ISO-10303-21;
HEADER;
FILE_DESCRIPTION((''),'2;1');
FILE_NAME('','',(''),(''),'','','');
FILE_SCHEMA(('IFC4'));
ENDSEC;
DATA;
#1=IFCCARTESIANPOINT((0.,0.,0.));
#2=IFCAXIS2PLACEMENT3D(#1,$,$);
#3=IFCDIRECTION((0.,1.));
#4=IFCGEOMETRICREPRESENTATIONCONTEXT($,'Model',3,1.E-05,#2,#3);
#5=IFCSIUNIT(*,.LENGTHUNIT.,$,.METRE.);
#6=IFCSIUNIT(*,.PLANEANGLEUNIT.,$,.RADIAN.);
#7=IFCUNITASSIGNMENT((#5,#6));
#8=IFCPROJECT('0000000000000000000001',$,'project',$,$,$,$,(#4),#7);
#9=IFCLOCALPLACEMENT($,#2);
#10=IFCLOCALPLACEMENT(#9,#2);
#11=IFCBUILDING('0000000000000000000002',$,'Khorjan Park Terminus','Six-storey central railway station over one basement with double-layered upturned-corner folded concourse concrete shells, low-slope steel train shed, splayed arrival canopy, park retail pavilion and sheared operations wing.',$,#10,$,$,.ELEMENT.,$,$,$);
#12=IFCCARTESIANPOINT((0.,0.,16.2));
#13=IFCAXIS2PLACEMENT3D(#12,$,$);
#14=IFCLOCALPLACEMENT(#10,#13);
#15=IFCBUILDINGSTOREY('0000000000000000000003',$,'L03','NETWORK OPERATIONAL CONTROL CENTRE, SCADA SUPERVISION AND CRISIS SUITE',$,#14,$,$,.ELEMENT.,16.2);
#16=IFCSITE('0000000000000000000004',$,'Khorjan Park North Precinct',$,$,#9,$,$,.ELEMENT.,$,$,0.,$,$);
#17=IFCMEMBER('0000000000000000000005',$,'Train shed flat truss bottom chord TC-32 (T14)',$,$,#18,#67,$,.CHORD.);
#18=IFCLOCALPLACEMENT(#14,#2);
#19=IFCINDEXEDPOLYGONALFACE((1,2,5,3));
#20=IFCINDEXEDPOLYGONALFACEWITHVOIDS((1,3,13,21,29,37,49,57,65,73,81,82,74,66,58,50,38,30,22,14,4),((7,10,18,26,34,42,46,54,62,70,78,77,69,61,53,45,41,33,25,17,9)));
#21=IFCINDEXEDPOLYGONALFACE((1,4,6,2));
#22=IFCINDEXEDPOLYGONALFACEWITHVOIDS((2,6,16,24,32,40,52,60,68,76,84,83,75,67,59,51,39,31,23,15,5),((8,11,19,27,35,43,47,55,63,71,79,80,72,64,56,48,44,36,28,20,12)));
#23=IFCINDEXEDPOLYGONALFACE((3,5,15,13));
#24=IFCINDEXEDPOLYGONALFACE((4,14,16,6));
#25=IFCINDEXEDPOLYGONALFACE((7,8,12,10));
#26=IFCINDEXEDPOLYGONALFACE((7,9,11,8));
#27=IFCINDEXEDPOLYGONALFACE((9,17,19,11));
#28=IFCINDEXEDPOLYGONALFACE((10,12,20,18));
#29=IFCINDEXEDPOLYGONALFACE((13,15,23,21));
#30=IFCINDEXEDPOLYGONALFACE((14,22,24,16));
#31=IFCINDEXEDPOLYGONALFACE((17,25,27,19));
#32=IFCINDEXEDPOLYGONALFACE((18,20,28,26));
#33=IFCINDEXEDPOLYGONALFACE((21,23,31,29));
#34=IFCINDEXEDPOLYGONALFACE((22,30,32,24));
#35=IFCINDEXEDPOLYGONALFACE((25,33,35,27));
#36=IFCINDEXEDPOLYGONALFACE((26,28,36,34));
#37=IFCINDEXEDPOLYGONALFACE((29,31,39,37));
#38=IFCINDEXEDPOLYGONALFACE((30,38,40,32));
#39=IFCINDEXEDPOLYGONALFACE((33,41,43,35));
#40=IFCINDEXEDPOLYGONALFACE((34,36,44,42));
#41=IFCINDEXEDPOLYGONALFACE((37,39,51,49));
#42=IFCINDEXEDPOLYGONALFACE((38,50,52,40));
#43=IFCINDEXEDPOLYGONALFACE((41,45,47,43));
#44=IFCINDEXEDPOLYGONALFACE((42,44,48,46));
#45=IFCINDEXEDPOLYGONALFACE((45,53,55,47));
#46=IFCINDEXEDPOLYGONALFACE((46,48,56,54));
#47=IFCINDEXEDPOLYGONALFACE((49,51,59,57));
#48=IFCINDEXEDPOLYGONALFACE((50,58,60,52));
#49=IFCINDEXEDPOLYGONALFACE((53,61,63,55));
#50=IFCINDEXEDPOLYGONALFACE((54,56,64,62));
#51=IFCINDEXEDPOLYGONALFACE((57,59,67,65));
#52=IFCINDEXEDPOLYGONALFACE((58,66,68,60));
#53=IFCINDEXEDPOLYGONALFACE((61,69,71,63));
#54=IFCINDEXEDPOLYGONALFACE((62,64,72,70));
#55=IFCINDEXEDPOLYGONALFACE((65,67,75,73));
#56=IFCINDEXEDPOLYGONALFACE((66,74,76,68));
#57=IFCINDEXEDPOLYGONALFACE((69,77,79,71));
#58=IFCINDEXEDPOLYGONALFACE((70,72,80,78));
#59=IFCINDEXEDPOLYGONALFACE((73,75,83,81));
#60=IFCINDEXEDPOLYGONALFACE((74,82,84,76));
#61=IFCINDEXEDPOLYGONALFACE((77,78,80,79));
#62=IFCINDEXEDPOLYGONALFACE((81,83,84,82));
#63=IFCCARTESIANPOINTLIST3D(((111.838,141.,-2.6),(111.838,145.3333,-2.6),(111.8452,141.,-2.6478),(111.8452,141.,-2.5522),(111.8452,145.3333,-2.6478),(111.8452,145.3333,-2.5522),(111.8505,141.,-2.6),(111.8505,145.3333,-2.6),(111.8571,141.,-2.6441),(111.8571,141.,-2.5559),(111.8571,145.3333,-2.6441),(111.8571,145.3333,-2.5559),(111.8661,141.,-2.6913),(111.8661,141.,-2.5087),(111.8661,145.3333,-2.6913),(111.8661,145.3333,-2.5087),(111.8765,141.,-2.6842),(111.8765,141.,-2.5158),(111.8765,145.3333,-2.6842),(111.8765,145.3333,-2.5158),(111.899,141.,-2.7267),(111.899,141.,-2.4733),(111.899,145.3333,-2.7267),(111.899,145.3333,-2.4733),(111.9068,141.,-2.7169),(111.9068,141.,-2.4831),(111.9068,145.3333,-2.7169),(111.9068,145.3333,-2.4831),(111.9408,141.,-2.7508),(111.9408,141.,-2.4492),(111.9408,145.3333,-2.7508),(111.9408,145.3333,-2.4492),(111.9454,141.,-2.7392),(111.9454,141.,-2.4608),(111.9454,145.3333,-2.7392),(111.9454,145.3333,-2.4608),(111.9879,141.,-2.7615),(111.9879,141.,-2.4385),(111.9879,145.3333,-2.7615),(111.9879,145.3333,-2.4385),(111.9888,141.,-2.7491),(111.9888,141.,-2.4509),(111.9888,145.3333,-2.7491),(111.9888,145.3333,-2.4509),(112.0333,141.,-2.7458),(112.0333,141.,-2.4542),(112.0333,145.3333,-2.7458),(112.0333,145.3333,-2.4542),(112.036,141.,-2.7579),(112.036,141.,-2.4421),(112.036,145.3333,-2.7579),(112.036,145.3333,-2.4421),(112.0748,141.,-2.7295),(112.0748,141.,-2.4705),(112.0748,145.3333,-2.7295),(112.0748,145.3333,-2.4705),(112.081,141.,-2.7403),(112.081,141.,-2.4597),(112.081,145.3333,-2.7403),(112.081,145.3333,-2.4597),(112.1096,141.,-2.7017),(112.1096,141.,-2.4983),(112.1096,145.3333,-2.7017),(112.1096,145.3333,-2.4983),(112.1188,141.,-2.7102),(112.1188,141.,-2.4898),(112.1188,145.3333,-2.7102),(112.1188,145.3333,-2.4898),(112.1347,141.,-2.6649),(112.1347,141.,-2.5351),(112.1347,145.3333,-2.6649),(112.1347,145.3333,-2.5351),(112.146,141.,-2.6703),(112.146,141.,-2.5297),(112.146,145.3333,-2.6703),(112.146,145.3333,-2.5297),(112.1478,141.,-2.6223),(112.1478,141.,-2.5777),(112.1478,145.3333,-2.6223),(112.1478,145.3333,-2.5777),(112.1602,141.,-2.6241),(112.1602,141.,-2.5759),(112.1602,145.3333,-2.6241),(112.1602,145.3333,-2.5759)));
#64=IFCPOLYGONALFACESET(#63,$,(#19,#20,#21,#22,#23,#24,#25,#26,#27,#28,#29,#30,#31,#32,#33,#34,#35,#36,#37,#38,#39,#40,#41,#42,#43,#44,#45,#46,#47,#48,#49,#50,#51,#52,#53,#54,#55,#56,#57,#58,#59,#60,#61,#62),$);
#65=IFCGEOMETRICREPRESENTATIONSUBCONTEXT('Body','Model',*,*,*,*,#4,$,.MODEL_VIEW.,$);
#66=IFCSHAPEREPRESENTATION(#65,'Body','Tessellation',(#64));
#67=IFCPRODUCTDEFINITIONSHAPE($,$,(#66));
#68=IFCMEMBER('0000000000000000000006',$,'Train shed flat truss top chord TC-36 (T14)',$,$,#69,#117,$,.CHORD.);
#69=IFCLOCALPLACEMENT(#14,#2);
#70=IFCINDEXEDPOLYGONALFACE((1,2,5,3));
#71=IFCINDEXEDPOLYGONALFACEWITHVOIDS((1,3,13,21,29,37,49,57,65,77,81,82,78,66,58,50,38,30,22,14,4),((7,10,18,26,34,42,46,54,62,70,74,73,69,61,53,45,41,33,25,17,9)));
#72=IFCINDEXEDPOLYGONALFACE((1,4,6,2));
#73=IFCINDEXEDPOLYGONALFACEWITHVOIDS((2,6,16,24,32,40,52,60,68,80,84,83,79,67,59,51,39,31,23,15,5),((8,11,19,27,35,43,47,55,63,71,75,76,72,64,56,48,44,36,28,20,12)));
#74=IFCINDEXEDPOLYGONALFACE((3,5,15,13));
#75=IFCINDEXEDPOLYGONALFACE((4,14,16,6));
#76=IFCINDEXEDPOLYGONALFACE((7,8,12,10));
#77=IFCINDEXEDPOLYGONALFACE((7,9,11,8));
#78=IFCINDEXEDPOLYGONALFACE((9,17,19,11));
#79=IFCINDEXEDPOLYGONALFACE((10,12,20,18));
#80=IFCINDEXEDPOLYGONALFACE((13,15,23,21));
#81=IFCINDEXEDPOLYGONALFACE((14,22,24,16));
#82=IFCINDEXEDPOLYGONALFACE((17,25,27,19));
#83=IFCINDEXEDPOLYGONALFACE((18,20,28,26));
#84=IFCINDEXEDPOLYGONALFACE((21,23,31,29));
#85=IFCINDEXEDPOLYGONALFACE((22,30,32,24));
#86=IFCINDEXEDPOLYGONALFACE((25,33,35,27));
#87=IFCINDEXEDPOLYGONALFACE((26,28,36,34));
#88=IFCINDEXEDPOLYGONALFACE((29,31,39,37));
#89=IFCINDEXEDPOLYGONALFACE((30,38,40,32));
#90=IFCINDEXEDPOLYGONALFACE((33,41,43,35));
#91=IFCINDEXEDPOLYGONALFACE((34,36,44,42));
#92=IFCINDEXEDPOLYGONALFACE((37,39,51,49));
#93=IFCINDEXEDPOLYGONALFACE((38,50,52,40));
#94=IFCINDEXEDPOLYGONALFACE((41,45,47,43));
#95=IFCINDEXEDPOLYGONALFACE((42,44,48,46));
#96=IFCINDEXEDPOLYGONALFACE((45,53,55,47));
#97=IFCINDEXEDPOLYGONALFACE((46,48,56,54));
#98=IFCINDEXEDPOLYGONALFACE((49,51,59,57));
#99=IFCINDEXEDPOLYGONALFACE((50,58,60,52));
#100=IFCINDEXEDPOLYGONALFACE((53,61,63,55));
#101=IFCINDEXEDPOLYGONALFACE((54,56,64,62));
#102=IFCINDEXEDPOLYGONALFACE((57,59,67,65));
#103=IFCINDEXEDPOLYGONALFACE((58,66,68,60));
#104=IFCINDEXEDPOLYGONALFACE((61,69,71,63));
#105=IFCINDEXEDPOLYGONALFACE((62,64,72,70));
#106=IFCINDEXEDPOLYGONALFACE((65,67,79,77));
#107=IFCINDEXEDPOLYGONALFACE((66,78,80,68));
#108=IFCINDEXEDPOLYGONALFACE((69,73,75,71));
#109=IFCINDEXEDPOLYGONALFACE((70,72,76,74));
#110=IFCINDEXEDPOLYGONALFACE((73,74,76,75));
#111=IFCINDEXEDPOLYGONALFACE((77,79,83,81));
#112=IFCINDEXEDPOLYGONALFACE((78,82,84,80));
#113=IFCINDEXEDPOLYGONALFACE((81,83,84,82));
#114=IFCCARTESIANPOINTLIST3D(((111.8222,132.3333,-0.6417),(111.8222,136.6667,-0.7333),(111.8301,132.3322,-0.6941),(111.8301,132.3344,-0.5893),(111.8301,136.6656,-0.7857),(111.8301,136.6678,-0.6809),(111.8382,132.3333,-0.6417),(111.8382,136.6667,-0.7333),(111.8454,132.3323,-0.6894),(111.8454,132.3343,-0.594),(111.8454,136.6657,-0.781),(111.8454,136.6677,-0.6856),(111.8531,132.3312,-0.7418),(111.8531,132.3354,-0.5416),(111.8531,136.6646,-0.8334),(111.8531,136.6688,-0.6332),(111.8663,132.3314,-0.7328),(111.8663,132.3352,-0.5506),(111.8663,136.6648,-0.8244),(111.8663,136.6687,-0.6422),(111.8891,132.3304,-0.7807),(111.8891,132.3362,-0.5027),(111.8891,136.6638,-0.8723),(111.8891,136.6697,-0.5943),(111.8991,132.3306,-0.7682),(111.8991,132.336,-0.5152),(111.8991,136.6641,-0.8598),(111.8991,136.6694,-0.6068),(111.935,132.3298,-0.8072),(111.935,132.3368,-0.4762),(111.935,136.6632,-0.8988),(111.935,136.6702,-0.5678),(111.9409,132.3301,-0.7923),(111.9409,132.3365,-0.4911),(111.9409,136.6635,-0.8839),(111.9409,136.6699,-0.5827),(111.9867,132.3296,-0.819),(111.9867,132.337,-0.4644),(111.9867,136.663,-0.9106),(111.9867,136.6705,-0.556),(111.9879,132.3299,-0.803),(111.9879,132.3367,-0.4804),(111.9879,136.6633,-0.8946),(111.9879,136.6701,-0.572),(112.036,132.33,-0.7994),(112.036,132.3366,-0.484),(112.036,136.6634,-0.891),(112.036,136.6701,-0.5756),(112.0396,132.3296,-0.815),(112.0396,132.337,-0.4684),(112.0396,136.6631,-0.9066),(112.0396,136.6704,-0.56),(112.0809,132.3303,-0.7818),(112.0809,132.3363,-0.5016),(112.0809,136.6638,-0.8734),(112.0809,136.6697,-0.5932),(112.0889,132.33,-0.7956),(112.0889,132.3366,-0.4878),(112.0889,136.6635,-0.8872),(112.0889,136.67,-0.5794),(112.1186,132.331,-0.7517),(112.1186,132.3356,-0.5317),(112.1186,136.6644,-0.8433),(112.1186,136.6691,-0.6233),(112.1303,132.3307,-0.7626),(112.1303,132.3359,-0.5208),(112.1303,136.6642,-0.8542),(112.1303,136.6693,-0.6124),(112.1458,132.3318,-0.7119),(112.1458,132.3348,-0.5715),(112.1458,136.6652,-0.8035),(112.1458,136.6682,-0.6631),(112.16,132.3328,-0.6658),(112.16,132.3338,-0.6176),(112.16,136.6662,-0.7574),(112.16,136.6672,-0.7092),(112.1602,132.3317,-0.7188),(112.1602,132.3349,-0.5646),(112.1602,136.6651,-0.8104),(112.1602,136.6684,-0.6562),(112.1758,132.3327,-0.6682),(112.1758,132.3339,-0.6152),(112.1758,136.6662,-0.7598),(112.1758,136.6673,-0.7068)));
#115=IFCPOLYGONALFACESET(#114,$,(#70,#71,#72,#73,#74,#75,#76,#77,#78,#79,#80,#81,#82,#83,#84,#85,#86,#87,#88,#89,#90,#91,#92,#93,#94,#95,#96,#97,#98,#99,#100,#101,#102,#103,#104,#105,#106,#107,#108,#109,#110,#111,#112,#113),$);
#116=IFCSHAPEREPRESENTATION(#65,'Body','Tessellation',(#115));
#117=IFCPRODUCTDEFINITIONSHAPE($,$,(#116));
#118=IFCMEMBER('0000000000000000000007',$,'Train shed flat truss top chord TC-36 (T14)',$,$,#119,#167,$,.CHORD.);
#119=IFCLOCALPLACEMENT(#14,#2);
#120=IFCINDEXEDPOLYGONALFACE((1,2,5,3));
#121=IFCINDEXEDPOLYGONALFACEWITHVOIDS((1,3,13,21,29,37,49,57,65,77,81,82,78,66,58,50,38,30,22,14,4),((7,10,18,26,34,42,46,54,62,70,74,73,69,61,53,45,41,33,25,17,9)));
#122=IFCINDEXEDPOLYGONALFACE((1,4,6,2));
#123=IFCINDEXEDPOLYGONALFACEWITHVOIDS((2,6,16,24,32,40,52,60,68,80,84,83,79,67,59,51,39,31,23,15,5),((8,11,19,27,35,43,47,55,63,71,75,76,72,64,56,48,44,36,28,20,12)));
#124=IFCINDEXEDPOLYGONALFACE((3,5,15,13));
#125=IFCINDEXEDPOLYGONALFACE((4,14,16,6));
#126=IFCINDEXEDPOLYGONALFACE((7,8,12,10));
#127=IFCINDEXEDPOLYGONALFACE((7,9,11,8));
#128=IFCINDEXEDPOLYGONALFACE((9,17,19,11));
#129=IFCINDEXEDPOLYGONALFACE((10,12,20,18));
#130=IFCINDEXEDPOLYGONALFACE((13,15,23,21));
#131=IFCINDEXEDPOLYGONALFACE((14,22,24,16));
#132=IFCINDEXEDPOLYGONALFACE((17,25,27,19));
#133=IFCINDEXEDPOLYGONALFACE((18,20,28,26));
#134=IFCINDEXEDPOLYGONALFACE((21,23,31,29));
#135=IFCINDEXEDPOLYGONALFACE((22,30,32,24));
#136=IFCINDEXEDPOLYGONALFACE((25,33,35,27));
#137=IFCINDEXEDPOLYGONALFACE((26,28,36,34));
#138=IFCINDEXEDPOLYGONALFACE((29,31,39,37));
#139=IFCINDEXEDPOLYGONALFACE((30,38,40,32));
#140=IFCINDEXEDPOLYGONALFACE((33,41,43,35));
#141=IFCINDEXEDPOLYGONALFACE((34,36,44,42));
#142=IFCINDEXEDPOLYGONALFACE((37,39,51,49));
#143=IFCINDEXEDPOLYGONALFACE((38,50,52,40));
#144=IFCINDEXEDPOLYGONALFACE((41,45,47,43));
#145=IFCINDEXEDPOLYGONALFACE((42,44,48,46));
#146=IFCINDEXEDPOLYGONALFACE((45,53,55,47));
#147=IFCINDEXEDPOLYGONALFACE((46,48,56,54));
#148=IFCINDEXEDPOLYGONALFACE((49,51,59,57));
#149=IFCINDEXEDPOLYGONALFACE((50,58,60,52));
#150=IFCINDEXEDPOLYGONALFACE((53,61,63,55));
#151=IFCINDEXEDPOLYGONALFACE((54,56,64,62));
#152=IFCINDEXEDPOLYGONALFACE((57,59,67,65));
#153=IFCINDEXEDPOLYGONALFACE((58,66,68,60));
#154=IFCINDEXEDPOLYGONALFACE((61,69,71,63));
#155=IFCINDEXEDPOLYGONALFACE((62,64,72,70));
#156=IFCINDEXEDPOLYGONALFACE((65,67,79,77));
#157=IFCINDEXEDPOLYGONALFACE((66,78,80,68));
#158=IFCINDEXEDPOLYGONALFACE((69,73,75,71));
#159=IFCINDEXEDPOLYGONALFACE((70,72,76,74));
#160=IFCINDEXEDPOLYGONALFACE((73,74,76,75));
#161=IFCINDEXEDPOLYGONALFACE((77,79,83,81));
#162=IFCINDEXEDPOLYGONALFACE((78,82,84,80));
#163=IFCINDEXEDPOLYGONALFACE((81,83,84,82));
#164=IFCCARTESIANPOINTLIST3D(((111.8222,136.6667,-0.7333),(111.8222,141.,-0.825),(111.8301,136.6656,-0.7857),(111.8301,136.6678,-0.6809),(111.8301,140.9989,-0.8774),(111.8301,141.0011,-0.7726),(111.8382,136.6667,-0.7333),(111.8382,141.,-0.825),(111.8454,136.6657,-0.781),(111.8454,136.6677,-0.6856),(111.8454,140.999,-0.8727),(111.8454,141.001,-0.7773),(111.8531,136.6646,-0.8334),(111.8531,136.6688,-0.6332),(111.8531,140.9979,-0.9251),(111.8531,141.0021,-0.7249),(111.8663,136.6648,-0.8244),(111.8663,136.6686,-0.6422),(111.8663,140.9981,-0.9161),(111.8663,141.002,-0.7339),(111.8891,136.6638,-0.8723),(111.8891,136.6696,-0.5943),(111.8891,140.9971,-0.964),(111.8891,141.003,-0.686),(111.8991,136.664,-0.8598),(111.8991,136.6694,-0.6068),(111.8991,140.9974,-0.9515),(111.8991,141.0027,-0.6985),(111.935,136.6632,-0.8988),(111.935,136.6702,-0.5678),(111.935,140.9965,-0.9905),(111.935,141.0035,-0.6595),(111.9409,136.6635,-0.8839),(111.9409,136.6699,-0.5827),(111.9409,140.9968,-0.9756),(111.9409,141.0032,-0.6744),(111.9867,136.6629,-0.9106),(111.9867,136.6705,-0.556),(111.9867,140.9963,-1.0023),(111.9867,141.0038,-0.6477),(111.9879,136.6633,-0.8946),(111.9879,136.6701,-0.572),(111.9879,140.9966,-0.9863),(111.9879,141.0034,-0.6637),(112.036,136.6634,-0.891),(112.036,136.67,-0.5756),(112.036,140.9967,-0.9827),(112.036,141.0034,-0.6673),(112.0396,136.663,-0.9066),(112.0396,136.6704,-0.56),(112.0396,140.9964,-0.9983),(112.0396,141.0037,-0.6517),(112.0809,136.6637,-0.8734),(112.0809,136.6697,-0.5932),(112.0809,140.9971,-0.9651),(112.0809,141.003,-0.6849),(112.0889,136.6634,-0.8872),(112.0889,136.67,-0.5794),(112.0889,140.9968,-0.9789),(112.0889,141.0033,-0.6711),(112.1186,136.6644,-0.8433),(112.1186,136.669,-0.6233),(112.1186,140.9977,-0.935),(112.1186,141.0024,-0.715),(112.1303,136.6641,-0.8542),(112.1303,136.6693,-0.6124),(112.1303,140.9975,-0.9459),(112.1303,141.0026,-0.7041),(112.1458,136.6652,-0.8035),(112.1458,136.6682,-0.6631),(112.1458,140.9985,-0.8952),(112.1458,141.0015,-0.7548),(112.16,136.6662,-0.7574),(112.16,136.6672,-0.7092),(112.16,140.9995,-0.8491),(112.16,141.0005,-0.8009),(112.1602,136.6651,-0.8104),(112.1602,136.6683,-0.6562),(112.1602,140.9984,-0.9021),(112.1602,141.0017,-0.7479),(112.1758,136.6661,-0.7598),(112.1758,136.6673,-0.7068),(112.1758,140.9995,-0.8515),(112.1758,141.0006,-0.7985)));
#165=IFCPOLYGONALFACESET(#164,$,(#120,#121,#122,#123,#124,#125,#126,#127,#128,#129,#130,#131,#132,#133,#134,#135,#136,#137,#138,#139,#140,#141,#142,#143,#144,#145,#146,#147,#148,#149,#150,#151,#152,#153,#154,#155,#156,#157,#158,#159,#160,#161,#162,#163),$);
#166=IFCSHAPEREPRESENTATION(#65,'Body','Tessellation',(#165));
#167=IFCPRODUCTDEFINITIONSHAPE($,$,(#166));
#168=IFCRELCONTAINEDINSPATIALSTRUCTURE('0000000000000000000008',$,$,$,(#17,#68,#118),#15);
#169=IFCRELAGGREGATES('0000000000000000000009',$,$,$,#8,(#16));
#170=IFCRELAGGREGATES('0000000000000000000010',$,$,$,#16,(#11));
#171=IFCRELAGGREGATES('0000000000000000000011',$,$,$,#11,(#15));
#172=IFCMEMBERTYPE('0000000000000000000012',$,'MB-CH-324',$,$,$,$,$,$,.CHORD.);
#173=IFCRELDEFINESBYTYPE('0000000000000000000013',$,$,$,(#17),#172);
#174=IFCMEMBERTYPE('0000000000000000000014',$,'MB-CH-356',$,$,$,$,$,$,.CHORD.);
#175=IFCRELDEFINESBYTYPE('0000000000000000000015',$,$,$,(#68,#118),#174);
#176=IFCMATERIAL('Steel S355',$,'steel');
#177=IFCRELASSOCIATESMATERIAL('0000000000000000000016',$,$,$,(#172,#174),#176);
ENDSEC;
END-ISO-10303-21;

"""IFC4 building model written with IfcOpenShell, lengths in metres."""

from ifc_helpers import new_model, si_unit, direction, frame, origin, origin_2d, place, context, subcontext, project, spatial, hollow_circle, extrude, material, material_profile, profile_set, type_object, element, save


model = new_model("IFC4")

# Units and contexts
model_context = context("Model", 3, precision=1e-05, world=origin(), true_north=direction((0.0, 1.0)))
body_context = subcontext(model_context, "Body", "Model", "MODEL_VIEW")
ifc_project = project(units=[si_unit("LENGTHUNIT", "METRE"), si_unit("PLANEANGLEUNIT", "RADIAN")], contexts=[model_context])

# Site, building, storey
site_placement = place(None, origin())
site = spatial("IfcSite", under=ifc_project, at=site_placement, Name="Khorjan Park North Precinct", CompositionType="ELEMENT", RefElevation=0.0)
building_placement = place(site_placement, origin())
building = spatial("IfcBuilding", under=site, at=building_placement, Name="Khorjan Park Terminus", Description="Six-storey central railway station over one basement with double-layered upturned-corner folded concourse concrete shells, low-slope steel train shed, splayed arrival canopy, park retail pavilion and sheared operations wing.", CompositionType="ELEMENT")
storey_placement = place(building_placement, frame((0.0, 0.0, 16.2)))
storey = spatial("IfcBuildingStorey", under=building, at=storey_placement, Name="L03", Description="NETWORK OPERATIONAL CONTROL CENTRE, SCADA SUPERVISION AND CRISIS SUITE", CompositionType="ELEMENT", Elevation=16.2)

# Members
ifc_material_1 = material(Name="Steel S355", Category="steel")
ifc_material_profile_1 = material_profile(ifc_material_1, hollow_circle(Radius=0.162, WallThickness=0.0125, at=origin_2d()), Name="CHS 323.9x12.5")
ifc_profile_set_1 = profile_set([ifc_material_profile_1], Name="Steel S355")
member_type_1 = type_object("IfcMemberType", Name="MB-CH-324", PredefinedType="CHORD", material=ifc_profile_set_1)
for number, where, z_axis, x_axis, name in (
    (1, (112.0, 141.0, -2.6), (0.0, 1.0, 0.0), (-1.0, 0.0, 0.0), "Train shed flat truss bottom chord TC-32 (T14)"),
):
    element("IfcMember", number, at=place(storey_placement, frame(where, z_axis=z_axis, x_axis=x_axis)), inside=storey, type_object=member_type_1, Name=name, PredefinedType="CHORD", context=body_context, shape_type="SweptSolid", body=[
        extrude(hollow_circle(Radius=0.162, WallThickness=0.0125, at=origin_2d()), origin(), (0.0, 0.0, 1.0), 4.3333),
    ])
ifc_material_profile_2 = material_profile(ifc_material_1, hollow_circle(Radius=0.1778, WallThickness=0.016, at=origin_2d()), Name="CHS 355.6x16")
ifc_profile_set_2 = profile_set([ifc_material_profile_2], Name="Steel S355")
member_type_2 = type_object("IfcMemberType", Name="MB-CH-356", PredefinedType="CHORD", material=ifc_profile_set_2)
member_1_placement = place(storey_placement, frame((112.0, 132.3333, -0.6417), z_axis=(0.0, 0.999777, -0.021133), x_axis=(-1.0, 0.0, 0.0)))
element("IfcMember", 2, at=member_1_placement, inside=storey, type_object=member_type_2, Name="Train shed flat truss top chord TC-36 (T14)", PredefinedType="CHORD", context=body_context, shape_type="SweptSolid", body=[
    extrude(hollow_circle(Radius=0.1778, WallThickness=0.016, at=origin_2d()), origin(), (0.0, 0.0, 1.0), 4.3344),
])
for number, where, z_axis, x_axis, name in (
    (3, (112.0, 136.6667, -0.7333), (0.0, 0.999776, -0.021157), (-1.0, 0.0, 0.0), "Train shed flat truss top chord TC-36 (T14)"),
):
    element("IfcMember", number, at=place(storey_placement, frame(where, z_axis=z_axis, x_axis=x_axis)), inside=storey, type_object=member_type_2, Name=name, PredefinedType="CHORD", context=body_context, shape_type="SweptSolid", body=[
        extrude(hollow_circle(Radius=0.1778, WallThickness=0.016, at=origin_2d()), origin(), (0.0, 0.0, 1.0), 4.3343),
    ])

save(model, "model.ifc")
